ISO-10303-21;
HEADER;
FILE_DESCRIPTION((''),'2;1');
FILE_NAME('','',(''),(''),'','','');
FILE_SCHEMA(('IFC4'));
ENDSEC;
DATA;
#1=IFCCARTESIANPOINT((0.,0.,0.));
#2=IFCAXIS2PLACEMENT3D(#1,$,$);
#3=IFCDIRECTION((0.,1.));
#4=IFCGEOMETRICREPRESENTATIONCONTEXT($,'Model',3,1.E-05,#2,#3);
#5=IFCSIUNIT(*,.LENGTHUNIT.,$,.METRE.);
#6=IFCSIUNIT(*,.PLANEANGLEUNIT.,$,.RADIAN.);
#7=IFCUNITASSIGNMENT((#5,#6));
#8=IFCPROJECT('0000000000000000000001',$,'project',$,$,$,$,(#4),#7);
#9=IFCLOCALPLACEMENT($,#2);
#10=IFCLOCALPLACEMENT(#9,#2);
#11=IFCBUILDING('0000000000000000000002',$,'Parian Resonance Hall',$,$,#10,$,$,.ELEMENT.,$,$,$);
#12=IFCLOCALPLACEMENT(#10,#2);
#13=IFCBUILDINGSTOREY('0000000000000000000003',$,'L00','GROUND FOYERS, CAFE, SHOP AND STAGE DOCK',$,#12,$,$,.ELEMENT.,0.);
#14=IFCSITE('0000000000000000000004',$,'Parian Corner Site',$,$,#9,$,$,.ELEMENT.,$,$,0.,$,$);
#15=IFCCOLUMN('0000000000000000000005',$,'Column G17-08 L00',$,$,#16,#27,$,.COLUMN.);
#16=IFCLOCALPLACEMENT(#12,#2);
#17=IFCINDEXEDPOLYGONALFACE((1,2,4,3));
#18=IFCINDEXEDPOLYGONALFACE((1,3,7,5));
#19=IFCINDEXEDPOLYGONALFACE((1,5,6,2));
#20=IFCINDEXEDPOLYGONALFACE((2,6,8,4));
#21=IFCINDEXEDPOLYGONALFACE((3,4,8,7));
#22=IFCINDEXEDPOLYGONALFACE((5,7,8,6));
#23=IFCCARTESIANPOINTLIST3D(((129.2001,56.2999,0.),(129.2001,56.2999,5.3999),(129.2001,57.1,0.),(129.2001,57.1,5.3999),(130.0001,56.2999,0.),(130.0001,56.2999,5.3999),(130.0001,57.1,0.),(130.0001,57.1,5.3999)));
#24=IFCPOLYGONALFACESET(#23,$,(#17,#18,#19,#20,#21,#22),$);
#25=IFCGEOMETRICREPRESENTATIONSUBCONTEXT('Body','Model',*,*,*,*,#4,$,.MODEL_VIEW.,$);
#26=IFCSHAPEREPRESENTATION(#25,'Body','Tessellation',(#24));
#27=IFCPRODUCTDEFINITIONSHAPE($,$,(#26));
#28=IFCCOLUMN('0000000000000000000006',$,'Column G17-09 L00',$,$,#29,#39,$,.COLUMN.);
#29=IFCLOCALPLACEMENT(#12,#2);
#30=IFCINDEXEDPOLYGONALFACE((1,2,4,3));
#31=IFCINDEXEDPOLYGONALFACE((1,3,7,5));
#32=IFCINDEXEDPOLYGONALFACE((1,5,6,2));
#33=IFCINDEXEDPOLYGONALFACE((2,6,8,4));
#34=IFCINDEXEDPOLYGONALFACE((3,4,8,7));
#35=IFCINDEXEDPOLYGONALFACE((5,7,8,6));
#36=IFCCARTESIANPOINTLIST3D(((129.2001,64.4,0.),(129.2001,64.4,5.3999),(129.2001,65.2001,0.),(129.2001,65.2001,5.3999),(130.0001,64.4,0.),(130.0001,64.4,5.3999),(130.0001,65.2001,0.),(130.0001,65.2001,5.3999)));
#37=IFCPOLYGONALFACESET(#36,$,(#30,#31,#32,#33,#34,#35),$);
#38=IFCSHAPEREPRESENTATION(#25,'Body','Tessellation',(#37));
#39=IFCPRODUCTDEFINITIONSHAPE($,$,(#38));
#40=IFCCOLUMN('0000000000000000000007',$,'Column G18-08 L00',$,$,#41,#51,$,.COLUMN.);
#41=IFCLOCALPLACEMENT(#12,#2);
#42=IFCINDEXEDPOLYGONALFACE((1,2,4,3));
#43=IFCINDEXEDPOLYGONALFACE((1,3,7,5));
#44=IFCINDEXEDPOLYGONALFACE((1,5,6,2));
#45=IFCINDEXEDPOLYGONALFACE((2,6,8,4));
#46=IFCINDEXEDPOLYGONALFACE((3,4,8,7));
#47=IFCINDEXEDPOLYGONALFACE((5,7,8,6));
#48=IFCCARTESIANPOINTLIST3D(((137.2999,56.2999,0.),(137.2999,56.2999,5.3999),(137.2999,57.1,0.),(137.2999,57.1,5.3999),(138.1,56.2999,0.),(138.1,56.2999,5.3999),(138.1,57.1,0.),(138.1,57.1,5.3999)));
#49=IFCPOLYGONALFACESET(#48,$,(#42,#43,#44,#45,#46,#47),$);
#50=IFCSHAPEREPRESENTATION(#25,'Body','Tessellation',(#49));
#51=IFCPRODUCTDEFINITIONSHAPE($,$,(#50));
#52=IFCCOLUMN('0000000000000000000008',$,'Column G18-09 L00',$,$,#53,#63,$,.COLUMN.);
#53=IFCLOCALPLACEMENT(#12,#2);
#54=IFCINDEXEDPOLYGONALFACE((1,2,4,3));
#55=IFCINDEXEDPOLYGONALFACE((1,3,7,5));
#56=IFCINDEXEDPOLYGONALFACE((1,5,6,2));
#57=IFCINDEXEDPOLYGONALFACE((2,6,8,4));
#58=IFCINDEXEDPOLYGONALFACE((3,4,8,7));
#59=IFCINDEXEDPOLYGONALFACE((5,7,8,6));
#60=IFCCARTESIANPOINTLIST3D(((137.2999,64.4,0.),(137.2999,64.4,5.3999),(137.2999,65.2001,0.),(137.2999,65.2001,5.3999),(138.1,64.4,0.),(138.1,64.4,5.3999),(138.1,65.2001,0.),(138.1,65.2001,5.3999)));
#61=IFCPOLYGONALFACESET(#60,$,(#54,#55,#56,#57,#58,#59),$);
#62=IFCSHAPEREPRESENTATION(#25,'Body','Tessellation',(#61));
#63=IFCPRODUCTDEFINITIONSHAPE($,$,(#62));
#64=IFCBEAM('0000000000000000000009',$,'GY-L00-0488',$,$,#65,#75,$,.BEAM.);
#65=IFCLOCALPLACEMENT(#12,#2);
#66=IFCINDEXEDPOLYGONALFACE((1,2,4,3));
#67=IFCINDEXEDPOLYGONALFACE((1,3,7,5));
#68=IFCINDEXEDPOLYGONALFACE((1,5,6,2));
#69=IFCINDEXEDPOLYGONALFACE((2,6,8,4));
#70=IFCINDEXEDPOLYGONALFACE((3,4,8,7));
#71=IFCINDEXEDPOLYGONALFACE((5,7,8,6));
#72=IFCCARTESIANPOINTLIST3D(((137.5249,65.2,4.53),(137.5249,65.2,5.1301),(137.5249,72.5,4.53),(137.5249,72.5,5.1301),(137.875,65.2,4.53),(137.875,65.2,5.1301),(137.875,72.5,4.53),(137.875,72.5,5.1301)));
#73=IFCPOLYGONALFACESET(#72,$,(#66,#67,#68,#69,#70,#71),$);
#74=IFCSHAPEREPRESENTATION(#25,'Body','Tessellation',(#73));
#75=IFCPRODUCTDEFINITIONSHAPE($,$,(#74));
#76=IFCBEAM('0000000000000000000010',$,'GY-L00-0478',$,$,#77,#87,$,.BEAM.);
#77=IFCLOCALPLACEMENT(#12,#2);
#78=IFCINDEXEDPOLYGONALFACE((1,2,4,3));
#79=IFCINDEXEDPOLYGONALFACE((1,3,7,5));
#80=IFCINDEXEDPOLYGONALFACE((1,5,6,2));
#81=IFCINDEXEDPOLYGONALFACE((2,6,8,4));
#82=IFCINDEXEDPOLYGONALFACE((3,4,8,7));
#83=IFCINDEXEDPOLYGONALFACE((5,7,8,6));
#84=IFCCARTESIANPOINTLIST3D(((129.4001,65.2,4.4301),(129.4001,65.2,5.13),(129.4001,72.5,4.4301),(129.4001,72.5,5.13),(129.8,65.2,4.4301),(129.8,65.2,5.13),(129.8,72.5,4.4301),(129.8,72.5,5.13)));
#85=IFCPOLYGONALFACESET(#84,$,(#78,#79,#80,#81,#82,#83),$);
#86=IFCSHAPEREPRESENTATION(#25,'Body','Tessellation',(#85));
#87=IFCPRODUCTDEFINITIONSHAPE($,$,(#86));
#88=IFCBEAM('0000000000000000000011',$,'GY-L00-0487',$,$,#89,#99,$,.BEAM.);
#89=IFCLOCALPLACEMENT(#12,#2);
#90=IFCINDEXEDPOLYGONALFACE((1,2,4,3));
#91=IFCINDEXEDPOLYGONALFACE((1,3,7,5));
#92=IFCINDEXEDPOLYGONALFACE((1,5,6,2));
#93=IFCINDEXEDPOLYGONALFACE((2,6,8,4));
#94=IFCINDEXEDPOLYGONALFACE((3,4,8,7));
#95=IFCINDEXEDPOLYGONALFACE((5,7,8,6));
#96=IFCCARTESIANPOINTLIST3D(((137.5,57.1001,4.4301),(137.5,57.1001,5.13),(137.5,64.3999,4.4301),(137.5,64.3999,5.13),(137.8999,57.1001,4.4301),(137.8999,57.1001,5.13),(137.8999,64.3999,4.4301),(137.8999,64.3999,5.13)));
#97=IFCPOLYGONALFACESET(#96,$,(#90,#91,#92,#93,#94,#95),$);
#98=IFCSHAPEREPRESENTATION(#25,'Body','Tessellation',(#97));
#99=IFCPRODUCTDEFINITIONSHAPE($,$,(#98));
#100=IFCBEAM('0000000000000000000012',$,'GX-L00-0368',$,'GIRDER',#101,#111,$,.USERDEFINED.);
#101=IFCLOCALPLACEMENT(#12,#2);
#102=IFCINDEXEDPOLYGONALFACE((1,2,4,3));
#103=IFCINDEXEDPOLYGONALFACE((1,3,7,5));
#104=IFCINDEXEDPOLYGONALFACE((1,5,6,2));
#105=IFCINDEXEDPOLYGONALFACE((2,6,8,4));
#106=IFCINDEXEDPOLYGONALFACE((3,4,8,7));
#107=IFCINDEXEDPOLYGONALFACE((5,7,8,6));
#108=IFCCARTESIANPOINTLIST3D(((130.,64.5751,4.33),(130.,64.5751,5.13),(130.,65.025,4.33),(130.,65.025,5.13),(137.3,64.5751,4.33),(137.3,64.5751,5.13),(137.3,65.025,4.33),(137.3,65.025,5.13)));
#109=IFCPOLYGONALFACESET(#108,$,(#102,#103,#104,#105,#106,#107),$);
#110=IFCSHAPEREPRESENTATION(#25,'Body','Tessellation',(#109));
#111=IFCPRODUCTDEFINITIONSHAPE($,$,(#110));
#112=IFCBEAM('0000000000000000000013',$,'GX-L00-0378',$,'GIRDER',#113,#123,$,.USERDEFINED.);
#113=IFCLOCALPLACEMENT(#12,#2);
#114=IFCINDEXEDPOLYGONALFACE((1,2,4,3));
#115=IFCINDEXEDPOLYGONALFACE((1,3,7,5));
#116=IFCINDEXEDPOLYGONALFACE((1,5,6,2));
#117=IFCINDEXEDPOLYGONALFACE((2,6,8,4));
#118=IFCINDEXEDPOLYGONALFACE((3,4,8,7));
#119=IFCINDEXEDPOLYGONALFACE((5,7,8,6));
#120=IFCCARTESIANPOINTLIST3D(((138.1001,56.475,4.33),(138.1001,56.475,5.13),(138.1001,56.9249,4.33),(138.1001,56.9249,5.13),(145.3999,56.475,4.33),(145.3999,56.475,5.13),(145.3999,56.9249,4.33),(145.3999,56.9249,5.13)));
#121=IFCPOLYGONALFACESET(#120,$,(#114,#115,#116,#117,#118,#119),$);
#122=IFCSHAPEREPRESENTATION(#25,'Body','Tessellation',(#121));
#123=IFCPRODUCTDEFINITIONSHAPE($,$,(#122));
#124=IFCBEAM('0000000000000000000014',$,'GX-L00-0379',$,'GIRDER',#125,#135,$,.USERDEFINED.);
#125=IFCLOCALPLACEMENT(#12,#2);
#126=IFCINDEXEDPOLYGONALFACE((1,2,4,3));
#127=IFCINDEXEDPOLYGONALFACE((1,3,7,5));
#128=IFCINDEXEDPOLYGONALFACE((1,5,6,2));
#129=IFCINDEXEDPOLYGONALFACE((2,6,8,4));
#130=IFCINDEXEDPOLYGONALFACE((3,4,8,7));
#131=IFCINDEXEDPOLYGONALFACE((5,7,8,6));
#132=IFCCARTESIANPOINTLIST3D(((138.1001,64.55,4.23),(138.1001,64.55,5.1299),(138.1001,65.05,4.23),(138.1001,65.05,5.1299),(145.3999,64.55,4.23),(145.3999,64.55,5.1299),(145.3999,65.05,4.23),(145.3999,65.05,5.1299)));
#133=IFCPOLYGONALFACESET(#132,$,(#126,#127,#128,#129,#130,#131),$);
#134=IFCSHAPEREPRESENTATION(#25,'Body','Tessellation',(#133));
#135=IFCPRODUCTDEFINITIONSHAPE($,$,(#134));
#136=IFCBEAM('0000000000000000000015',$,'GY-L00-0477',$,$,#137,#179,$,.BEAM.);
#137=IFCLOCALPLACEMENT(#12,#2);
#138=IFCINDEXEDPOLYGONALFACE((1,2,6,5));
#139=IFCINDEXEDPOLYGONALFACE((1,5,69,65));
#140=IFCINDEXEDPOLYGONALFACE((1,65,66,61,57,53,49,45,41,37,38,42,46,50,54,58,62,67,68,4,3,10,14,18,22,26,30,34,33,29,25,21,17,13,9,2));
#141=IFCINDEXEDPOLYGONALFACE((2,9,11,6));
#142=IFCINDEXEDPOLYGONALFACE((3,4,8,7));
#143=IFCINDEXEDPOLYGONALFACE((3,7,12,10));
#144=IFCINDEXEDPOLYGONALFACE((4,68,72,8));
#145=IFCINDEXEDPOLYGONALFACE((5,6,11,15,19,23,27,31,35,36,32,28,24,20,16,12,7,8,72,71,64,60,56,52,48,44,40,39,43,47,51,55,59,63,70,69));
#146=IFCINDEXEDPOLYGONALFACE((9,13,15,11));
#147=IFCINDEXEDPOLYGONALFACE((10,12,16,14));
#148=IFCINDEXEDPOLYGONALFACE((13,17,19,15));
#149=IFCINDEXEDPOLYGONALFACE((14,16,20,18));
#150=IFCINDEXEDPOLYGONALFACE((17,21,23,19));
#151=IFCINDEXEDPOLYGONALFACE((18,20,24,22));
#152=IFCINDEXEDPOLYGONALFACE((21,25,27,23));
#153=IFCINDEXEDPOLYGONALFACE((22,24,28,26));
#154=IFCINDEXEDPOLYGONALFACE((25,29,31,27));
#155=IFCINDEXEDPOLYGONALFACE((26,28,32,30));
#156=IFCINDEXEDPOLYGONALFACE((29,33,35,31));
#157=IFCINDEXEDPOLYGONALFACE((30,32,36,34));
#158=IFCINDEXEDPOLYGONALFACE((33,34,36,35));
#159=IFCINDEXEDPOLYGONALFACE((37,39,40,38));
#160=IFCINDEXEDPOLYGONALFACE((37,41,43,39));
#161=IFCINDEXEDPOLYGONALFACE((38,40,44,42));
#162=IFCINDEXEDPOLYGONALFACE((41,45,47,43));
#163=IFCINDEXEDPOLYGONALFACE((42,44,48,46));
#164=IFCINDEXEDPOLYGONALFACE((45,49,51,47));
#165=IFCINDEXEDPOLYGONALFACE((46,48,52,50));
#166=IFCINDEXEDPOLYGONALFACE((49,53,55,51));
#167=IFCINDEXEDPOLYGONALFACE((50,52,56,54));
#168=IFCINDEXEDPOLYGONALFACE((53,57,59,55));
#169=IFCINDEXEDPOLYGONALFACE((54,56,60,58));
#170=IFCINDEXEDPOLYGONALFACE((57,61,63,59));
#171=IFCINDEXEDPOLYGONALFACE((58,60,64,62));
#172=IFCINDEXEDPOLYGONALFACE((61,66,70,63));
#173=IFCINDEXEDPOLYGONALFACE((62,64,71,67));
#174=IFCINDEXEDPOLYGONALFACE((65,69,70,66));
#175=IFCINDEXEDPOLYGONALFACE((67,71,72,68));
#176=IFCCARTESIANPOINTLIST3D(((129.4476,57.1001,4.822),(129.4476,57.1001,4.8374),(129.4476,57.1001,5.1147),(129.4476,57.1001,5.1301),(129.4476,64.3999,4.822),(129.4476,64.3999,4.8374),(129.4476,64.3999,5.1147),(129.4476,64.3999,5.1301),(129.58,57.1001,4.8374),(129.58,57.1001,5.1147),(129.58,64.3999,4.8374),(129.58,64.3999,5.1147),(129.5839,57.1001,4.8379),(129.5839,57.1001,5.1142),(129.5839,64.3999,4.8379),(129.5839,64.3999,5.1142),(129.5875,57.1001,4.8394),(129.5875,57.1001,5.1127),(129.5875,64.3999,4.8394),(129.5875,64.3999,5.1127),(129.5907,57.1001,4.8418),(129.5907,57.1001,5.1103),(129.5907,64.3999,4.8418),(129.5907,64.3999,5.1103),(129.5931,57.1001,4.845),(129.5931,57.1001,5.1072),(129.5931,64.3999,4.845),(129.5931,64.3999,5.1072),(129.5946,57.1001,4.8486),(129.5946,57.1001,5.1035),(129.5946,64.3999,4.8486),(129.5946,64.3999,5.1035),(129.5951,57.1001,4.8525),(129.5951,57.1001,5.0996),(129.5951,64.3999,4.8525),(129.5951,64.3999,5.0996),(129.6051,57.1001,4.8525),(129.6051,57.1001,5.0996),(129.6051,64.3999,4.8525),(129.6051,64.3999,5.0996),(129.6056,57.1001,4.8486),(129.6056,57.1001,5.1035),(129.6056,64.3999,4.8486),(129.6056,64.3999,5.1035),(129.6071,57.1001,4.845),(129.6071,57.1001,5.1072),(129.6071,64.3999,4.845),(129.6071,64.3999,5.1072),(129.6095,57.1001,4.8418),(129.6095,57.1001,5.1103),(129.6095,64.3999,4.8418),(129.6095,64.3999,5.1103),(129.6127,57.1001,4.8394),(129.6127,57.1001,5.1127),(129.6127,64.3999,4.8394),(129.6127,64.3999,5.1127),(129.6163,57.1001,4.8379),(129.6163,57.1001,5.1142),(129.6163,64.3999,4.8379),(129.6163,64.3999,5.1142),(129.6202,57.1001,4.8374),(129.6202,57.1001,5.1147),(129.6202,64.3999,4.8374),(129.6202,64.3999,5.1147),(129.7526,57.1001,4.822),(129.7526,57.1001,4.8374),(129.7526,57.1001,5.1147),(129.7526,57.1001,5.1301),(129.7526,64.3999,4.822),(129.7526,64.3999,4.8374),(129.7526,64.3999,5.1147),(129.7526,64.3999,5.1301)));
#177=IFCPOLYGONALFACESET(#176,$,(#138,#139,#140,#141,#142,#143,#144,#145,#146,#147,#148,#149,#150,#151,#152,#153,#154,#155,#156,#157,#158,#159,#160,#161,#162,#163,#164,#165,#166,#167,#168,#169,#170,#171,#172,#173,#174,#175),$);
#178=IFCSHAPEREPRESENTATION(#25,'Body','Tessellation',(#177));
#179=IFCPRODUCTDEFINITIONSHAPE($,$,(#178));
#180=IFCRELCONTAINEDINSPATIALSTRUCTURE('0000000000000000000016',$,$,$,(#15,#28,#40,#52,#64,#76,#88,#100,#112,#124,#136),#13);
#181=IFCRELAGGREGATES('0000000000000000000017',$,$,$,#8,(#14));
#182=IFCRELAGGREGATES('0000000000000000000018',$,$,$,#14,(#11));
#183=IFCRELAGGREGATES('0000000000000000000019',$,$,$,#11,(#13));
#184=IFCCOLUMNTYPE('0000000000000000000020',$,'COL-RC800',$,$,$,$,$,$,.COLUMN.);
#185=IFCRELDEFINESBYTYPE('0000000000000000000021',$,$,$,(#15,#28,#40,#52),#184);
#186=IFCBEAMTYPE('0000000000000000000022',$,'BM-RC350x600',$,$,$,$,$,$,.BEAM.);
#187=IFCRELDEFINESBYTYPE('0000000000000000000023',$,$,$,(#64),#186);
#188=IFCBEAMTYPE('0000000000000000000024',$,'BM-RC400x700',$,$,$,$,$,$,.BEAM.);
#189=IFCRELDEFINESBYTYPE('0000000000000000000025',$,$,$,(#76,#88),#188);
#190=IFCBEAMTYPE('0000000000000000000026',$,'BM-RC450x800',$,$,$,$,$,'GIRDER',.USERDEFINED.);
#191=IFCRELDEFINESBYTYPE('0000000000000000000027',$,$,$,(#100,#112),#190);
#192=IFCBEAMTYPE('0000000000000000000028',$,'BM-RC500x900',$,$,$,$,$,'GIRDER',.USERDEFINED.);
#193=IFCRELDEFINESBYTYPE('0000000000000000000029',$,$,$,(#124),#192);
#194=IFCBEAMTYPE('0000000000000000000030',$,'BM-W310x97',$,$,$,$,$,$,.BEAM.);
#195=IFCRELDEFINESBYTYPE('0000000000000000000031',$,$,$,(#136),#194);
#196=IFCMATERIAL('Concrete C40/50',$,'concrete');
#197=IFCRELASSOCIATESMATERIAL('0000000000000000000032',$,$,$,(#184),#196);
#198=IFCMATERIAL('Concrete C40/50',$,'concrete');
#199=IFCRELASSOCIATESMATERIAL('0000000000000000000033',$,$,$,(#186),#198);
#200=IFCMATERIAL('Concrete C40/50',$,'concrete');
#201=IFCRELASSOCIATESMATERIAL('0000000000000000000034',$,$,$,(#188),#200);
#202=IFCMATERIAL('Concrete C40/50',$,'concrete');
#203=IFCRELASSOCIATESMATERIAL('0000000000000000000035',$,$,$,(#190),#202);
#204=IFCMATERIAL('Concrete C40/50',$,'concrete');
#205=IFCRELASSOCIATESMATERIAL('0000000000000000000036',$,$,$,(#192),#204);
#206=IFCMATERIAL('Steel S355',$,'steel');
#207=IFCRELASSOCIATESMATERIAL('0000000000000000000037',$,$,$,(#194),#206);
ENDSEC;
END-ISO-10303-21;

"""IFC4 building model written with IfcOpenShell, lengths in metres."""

from ifc_helpers import new_model, si_unit, direction, frame, origin, origin_2d, place, context, subcontext, project, spatial, rectangle, i_section, extrude, material, material_profile, profile_set, type_object, element, save


model = new_model("IFC4")

# Units and contexts
model_context = context("Model", 3, precision=1e-05, world=origin(), true_north=direction((0.0, 1.0)))
body_context = subcontext(model_context, "Body", "Model", "MODEL_VIEW")
ifc_project = project(units=[si_unit("LENGTHUNIT", "METRE"), si_unit("PLANEANGLEUNIT", "RADIAN")], contexts=[model_context])

# Site, building, storey
site_placement = place(None, origin())
site = spatial("IfcSite", under=ifc_project, at=site_placement, Name="Parian Corner Site", CompositionType="ELEMENT", RefElevation=0.0)
building_placement = place(site_placement, origin())
building = spatial("IfcBuilding", under=site, at=building_placement, Name="Parian Resonance Hall", CompositionType="ELEMENT")
storey_placement = place(building_placement, origin())
storey = spatial("IfcBuildingStorey", under=building, at=storey_placement, Name="L00", Description="GROUND FOYERS, CAFE, SHOP AND STAGE DOCK", CompositionType="ELEMENT", Elevation=0.0)

# Columns
ifc_material_1 = material(Name="Concrete C40/50", Category="concrete")
ifc_material_profile_1 = material_profile(ifc_material_1, rectangle(XDim=0.8, YDim=0.8, at=origin_2d()), Name="RC-COL-800x800")
ifc_profile_set_1 = profile_set([ifc_material_profile_1], Name="Concrete C40/50")
column_type = type_object("IfcColumnType", Name="COL-RC800", PredefinedType="COLUMN", material=ifc_profile_set_1)
for number, where, z_axis, x_axis, name in (
    (1, (129.6001, 56.7, 0.0), (0.0, 0.0, 1.0), (1.0, 0.0, 0.0), "Column G17-08 L00"),
    (2, (129.6001, 64.8, 0.0), (0.0, 0.0, 1.0), (1.0, 0.0, 0.0), "Column G17-09 L00"),
    (3, (137.7, 56.7, 0.0), (0.0, 0.0, 1.0), (1.0, 0.0, 0.0), "Column G18-08 L00"),
    (4, (137.7, 64.8, 0.0), (0.0, 0.0, 1.0), (1.0, 0.0, 0.0), "Column G18-09 L00"),
):
    element("IfcColumn", number, at=place(storey_placement, frame(where, z_axis=z_axis, x_axis=x_axis)), inside=storey, type_object=column_type, Name=name, PredefinedType="COLUMN", context=body_context, shape_type="SweptSolid", body=[
        extrude(rectangle(XDim=0.8, YDim=0.8, at=origin_2d()), origin(), (0.0, 0.0, 1.0), 5.3999),
    ])

# Beams
ifc_material_2 = material(Name="Concrete C40/50", Category="concrete")
ifc_material_profile_2 = material_profile(ifc_material_2, rectangle(XDim=0.3501, YDim=0.6001, at=origin_2d()), Name="RC-BM-350x600")
ifc_profile_set_2 = profile_set([ifc_material_profile_2], Name="Concrete C40/50")
beam_type_1 = type_object("IfcBeamType", Name="BM-RC350x600", PredefinedType="BEAM", material=ifc_profile_set_2)
beam_1_placement = place(storey_placement, frame((137.7, 65.2, 4.8301), z_axis=(0.0, 1.0, 0.0), x_axis=(-1.0, 0.0, 0.0)))
element("IfcBeam", 5, at=beam_1_placement, inside=storey, type_object=beam_type_1, Name="GY-L00-0488", PredefinedType="BEAM", context=body_context, shape_type="SweptSolid", body=[
    extrude(rectangle(XDim=0.3501, YDim=0.6001, at=origin_2d()), origin(), (0.0, 0.0, 1.0), 7.3),
])
ifc_material_3 = material(Name="Concrete C40/50", Category="concrete")
ifc_material_profile_3 = material_profile(ifc_material_3, rectangle(XDim=0.3999, YDim=0.7, at=origin_2d()), Name="RC-BM-400x700")
ifc_profile_set_3 = profile_set([ifc_material_profile_3], Name="Concrete C40/50")
beam_type_2 = type_object("IfcBeamType", Name="BM-RC400x700", PredefinedType="BEAM", material=ifc_profile_set_3)
beam_2_placement = place(storey_placement, frame((129.6001, 65.2, 4.78), z_axis=(0.0, 1.0, 0.0), x_axis=(-1.0, 0.0, 0.0)))
element("IfcBeam", 6, at=beam_2_placement, inside=storey, type_object=beam_type_2, Name="GY-L00-0478", PredefinedType="BEAM", context=body_context, shape_type="SweptSolid", body=[
    extrude(rectangle(XDim=0.3999, YDim=0.7, at=origin_2d()), origin(), (0.0, 0.0, 1.0), 7.3),
])
beam_3_placement = place(storey_placement, frame((137.7, 57.1001, 4.78), z_axis=(0.0, 1.0, 0.0), x_axis=(-1.0, 0.0, 0.0)))
element("IfcBeam", 7, at=beam_3_placement, inside=storey, type_object=beam_type_2, Name="GY-L00-0487", PredefinedType="BEAM", context=body_context, shape_type="SweptSolid", body=[
    extrude(rectangle(XDim=0.3999, YDim=0.7, at=origin_2d()), origin(), (0.0, 0.0, 1.0), 7.2998),
])
ifc_material_4 = material(Name="Concrete C40/50", Category="concrete")
ifc_material_profile_4 = material_profile(ifc_material_4, rectangle(XDim=0.45, YDim=0.8, at=origin_2d()), Name="RC-BM-450x800")
ifc_profile_set_4 = profile_set([ifc_material_profile_4], Name="Concrete C40/50")
beam_type_3 = type_object("IfcBeamType", Name="BM-RC450x800", ElementType="GIRDER", PredefinedType="USERDEFINED", material=ifc_profile_set_4)
beam_4_placement = place(storey_placement, frame((130.0, 64.8, 4.73), z_axis=(1.0, 0.0, 0.0), x_axis=(0.0, 1.0, 0.0)))
element("IfcBeam", 8, at=beam_4_placement, inside=storey, type_object=beam_type_3, Name="GX-L00-0368", ObjectType="GIRDER", PredefinedType="USERDEFINED", context=body_context, shape_type="SweptSolid", body=[
    extrude(rectangle(XDim=0.45, YDim=0.8, at=origin_2d()), origin(), (0.0, 0.0, 1.0), 7.3),
])
beam_5_placement = place(storey_placement, frame((138.1001, 56.7, 4.73), z_axis=(1.0, 0.0, 0.0), x_axis=(0.0, 1.0, 0.0)))
element("IfcBeam", 9, at=beam_5_placement, inside=storey, type_object=beam_type_3, Name="GX-L00-0378", ObjectType="GIRDER", PredefinedType="USERDEFINED", context=body_context, shape_type="SweptSolid", body=[
    extrude(rectangle(XDim=0.45, YDim=0.8, at=origin_2d()), origin(), (0.0, 0.0, 1.0), 7.2998),
])
ifc_material_5 = material(Name="Concrete C40/50", Category="concrete")
ifc_material_profile_5 = material_profile(ifc_material_5, rectangle(XDim=0.5, YDim=0.8999, at=origin_2d()), Name="RC-BM-500x900")
ifc_profile_set_5 = profile_set([ifc_material_profile_5], Name="Concrete C40/50")
beam_type_4 = type_object("IfcBeamType", Name="BM-RC500x900", ElementType="GIRDER", PredefinedType="USERDEFINED", material=ifc_profile_set_5)
beam_6_placement = place(storey_placement, frame((138.1001, 64.8, 4.6799), z_axis=(1.0, 0.0, 0.0), x_axis=(0.0, 1.0, 0.0)))
element("IfcBeam", 10, at=beam_6_placement, inside=storey, type_object=beam_type_4, Name="GX-L00-0379", ObjectType="GIRDER", PredefinedType="USERDEFINED", context=body_context, shape_type="SweptSolid", body=[
    extrude(rectangle(XDim=0.5, YDim=0.8999, at=origin_2d()), origin(), (0.0, 0.0, 1.0), 7.2998),
])
ifc_material_6 = material(Name="Steel S355", Category="steel")
ifc_material_profile_6 = material_profile(ifc_material_6, i_section(OverallWidth=0.3049, OverallDepth=0.3081, WebThickness=0.01, FlangeThickness=0.0154, FilletRadius=0.0151, at=origin_2d()), Name="W310x97")
ifc_profile_set_6 = profile_set([ifc_material_profile_6], Name="Steel S355")
beam_type_5 = type_object("IfcBeamType", Name="BM-W310x97", PredefinedType="BEAM", material=ifc_profile_set_6)
beam_7_placement = place(storey_placement, frame((129.6001, 57.1001, 4.9761), z_axis=(0.0, 1.0, 0.0), x_axis=(-1.0, 0.0, 0.0)))
element("IfcBeam", 11, at=beam_7_placement, inside=storey, type_object=beam_type_5, Name="GY-L00-0477", PredefinedType="BEAM", context=body_context, shape_type="SweptSolid", body=[
    extrude(i_section(OverallWidth=0.3049, OverallDepth=0.3081, WebThickness=0.01, FlangeThickness=0.0154, FilletRadius=0.0151, at=origin_2d()), origin(), (0.0, 0.0, 1.0), 7.2998),
])

save(model, "model.ifc")
